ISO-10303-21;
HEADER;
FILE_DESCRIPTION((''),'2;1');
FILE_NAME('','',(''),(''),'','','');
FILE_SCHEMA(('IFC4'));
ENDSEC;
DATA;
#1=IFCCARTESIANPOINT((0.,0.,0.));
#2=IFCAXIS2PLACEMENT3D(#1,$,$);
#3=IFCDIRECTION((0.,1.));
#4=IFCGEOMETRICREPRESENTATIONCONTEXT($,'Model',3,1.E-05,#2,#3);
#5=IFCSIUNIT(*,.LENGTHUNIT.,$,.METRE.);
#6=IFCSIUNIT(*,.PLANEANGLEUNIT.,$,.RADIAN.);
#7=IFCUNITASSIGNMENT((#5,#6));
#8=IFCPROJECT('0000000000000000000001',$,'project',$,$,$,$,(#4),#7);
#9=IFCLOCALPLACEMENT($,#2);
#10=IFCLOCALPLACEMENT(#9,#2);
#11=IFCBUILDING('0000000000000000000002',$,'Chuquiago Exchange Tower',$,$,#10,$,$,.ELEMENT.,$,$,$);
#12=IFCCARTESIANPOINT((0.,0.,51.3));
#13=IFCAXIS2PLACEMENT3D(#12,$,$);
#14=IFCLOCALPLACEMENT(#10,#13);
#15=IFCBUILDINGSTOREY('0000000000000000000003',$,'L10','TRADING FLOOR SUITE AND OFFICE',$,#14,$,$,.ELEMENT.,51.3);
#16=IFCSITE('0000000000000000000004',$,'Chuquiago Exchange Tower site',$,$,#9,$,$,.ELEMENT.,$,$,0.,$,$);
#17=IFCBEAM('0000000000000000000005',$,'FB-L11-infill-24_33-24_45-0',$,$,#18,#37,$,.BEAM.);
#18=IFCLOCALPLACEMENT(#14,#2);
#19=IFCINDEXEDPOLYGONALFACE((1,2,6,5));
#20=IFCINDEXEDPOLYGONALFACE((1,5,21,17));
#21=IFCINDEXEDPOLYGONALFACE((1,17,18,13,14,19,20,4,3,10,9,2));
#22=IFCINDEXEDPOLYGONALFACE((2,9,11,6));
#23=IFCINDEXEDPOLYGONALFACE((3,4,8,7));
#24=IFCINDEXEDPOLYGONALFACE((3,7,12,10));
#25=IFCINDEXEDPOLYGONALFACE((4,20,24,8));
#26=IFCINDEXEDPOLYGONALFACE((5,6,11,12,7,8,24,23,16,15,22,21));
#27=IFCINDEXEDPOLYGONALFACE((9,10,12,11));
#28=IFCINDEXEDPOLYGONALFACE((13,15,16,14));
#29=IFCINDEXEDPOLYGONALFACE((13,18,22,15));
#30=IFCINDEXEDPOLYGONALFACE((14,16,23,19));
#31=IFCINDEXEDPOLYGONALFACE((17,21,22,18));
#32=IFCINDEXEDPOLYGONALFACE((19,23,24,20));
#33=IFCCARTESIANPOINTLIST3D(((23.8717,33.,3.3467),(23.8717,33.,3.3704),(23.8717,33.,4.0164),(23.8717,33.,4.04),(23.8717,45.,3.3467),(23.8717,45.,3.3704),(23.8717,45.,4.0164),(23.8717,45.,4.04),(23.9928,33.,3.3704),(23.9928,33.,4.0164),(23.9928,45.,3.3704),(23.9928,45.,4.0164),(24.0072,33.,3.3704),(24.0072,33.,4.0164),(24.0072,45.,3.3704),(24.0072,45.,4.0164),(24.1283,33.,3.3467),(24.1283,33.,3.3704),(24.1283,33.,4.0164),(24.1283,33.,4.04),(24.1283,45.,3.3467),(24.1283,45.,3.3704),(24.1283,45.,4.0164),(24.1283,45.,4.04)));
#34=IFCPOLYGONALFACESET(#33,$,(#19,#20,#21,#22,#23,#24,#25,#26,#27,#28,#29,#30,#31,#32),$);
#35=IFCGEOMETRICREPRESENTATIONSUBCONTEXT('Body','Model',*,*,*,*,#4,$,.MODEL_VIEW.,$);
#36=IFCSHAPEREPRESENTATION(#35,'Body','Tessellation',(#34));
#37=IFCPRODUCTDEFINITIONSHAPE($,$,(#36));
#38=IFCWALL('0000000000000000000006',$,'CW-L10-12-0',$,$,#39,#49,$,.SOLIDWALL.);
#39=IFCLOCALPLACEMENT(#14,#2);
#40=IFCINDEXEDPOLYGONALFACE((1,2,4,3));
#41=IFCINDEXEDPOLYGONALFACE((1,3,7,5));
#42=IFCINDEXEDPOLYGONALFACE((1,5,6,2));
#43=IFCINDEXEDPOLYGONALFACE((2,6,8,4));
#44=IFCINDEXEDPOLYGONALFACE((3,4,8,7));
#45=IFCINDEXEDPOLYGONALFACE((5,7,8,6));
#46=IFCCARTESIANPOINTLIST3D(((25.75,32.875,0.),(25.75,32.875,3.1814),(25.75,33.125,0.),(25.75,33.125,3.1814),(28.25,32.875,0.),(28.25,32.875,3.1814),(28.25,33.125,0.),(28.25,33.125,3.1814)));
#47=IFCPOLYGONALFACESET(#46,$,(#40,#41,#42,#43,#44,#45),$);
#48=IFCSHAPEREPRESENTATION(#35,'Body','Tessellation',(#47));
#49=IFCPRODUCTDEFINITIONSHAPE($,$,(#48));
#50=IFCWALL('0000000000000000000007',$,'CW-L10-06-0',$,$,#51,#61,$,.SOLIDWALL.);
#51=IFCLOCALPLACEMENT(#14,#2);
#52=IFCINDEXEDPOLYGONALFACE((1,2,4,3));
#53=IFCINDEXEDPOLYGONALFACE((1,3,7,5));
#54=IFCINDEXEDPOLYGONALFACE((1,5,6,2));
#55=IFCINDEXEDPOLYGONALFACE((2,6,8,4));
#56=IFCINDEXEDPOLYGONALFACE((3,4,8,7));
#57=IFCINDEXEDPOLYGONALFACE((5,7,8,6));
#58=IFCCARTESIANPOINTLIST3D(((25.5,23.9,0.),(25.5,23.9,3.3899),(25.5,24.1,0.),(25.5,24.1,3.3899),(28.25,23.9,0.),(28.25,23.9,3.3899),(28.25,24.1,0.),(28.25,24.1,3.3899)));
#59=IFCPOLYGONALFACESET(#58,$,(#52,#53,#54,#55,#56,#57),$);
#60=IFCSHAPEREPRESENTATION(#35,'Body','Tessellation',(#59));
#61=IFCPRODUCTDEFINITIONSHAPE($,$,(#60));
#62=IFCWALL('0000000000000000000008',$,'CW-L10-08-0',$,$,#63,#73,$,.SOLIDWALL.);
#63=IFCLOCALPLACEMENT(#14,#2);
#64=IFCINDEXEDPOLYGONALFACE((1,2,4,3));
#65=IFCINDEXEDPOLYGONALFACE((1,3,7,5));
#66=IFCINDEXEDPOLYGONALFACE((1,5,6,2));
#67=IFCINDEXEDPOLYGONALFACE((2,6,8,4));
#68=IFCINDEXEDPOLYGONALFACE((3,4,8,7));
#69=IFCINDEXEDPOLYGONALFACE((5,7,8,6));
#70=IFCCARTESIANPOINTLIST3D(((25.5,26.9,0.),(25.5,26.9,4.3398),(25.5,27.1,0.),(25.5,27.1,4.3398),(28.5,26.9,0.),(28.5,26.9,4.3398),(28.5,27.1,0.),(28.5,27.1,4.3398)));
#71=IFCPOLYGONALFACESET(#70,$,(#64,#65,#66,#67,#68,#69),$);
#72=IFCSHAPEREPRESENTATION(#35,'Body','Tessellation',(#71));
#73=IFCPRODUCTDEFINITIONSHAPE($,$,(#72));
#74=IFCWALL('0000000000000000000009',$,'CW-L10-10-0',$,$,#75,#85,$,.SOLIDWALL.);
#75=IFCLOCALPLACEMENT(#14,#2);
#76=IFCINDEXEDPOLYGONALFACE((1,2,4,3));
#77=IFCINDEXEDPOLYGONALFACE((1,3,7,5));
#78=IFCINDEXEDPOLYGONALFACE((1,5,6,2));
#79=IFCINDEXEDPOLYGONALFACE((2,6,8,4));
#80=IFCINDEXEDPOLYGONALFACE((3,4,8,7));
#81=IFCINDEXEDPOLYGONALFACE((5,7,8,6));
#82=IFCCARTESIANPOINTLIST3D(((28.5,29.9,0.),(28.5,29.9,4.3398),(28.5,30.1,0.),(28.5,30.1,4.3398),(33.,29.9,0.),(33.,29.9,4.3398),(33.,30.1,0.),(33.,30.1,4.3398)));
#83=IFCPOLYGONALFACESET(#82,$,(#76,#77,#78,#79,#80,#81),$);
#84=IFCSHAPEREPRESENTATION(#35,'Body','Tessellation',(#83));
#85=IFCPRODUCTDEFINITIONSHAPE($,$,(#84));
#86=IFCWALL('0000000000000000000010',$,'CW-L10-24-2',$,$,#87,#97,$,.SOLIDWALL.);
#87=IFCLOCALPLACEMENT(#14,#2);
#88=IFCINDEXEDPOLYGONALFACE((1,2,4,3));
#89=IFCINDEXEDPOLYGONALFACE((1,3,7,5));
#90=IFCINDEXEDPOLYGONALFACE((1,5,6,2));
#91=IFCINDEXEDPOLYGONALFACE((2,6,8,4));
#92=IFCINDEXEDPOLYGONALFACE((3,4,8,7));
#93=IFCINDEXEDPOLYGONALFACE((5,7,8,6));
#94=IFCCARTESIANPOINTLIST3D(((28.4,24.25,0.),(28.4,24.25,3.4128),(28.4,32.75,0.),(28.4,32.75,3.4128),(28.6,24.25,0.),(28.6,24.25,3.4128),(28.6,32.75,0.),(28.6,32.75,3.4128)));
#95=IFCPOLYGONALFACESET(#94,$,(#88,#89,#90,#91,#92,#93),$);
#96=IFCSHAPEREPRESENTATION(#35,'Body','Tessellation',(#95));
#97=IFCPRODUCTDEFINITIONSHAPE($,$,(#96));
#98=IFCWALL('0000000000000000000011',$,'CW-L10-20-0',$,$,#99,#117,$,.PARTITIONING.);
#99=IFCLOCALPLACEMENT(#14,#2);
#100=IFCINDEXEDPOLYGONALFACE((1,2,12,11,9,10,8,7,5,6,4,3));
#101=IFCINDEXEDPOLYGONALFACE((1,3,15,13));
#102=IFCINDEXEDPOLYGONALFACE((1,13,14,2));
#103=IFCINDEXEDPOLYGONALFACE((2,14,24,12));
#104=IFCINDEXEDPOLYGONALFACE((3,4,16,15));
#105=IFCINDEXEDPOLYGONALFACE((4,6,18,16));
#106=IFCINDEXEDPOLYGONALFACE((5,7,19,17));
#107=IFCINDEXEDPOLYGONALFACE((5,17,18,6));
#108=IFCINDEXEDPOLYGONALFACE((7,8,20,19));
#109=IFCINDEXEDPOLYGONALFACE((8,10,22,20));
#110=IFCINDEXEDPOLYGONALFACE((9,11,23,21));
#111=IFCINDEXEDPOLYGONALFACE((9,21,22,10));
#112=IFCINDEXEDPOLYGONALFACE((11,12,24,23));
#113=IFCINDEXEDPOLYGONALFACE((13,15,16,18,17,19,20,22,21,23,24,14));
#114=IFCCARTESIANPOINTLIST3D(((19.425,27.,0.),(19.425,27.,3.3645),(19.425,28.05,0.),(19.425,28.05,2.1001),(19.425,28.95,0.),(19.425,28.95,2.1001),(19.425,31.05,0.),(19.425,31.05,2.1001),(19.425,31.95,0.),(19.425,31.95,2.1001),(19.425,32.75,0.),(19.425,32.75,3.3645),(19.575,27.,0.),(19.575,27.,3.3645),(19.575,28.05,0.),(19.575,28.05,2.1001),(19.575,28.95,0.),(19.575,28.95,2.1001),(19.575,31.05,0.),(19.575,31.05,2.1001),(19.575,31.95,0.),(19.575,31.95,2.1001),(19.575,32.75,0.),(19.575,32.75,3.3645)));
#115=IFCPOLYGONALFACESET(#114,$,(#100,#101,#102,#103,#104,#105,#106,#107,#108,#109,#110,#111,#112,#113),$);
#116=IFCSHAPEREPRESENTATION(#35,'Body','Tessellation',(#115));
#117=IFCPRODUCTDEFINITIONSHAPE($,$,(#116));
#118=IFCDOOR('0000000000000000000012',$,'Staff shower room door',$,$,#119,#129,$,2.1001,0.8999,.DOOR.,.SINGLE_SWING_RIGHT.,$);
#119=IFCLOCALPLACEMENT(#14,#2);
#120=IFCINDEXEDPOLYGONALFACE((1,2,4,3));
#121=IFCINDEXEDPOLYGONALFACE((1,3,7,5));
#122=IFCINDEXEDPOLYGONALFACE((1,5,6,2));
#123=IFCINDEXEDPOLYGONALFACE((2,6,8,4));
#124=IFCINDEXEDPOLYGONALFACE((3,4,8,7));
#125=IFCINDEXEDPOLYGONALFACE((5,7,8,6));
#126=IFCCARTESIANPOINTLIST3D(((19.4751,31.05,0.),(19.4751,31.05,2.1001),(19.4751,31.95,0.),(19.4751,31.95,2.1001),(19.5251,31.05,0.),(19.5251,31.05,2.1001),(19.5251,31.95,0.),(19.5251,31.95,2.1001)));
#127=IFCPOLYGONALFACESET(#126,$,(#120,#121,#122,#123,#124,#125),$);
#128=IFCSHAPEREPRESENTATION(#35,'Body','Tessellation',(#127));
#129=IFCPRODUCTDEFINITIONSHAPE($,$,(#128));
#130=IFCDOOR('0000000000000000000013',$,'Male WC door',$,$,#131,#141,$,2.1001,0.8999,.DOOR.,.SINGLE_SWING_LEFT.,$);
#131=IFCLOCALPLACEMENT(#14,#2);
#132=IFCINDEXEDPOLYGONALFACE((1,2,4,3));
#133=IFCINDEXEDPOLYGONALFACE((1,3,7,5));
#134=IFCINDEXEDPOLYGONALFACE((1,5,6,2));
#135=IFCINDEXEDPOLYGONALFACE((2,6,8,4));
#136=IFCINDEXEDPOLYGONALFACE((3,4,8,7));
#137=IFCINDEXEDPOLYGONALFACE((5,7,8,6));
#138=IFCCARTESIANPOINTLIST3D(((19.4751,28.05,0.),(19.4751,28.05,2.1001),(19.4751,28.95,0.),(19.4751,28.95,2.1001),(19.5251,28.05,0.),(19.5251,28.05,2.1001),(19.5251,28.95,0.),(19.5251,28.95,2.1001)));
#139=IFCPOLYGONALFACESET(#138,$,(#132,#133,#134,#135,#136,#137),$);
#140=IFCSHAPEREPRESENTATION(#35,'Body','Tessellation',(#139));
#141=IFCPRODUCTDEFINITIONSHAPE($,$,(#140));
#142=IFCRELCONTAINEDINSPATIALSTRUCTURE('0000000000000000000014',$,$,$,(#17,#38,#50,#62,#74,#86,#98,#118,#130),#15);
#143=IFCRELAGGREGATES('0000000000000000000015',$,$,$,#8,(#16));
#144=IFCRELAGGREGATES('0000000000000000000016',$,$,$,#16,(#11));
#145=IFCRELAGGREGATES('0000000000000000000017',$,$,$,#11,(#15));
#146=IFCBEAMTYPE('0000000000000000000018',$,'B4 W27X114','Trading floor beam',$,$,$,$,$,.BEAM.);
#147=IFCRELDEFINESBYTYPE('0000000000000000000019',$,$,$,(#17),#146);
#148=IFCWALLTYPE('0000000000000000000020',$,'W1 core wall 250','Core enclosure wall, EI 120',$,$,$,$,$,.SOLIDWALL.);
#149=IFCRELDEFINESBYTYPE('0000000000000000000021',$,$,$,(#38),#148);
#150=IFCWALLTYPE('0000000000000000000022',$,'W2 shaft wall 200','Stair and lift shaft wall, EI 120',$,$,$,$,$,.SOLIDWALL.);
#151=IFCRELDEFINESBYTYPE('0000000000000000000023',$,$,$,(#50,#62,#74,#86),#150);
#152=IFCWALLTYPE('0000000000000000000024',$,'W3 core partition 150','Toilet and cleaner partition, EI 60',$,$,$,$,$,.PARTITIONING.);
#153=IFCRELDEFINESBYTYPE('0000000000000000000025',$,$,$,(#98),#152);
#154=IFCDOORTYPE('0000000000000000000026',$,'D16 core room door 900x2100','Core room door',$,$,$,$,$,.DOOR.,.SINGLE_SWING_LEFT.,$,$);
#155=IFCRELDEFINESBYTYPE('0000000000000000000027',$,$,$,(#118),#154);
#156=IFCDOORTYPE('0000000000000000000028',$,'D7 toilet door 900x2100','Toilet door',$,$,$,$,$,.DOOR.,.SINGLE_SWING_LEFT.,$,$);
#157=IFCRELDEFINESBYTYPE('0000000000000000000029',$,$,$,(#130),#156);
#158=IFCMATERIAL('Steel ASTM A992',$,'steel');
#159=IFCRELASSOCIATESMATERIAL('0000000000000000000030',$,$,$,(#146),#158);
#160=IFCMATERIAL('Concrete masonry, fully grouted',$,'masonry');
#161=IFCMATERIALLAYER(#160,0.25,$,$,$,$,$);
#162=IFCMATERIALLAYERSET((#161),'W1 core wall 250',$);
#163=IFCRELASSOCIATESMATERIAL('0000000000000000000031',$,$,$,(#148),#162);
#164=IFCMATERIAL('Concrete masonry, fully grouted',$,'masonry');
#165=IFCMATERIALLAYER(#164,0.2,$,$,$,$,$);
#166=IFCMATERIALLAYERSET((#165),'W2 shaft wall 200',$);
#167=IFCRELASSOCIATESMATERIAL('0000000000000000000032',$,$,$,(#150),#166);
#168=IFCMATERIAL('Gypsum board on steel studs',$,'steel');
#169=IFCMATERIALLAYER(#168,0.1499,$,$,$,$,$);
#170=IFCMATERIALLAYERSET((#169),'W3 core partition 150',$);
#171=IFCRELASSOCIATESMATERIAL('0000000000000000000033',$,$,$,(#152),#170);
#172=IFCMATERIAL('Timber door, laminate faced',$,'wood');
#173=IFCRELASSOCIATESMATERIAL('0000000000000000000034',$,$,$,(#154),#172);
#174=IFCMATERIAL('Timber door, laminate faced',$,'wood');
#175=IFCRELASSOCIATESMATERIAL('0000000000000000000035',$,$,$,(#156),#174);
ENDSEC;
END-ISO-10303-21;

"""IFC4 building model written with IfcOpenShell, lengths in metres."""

from ifc_helpers import new_model, si_unit, direction, frame, frame_2d, origin, origin_2d, place, context, subcontext, project, spatial, rectangle, i_section, extrude, material, layer, layer_set, material_profile, profile_set, type_object, element, fill, save


model = new_model("IFC4")

# Units and contexts
model_context = context("Model", 3, precision=1e-05, world=origin(), true_north=direction((0.0, 1.0)))
body_context = subcontext(model_context, "Body", "Model", "MODEL_VIEW")
ifc_project = project(units=[si_unit("LENGTHUNIT", "METRE"), si_unit("PLANEANGLEUNIT", "RADIAN")], contexts=[model_context])

# Site, building, storey
site_placement = place(None, origin())
site = spatial("IfcSite", under=ifc_project, at=site_placement, Name="Chuquiago Exchange Tower site", CompositionType="ELEMENT", RefElevation=0.0)
building_placement = place(site_placement, origin())
building = spatial("IfcBuilding", under=site, at=building_placement, Name="Chuquiago Exchange Tower", CompositionType="ELEMENT")
storey_placement = place(building_placement, frame((0.0, 0.0, 51.3)))
storey = spatial("IfcBuildingStorey", under=building, at=storey_placement, Name="L10", Description="TRADING FLOOR SUITE AND OFFICE", CompositionType="ELEMENT", Elevation=51.3)

# Beam
ifc_material_1 = material(Name="Steel ASTM A992", Category="steel")
ifc_material_profile_1 = material_profile(ifc_material_1, i_section(OverallWidth=0.2566, OverallDepth=0.6934, WebThickness=0.0144, FlangeThickness=0.0237, at=origin_2d()), Name="W27X114")
ifc_profile_set_1 = profile_set([ifc_material_profile_1], Name="Steel ASTM A992")
beam_type_1 = type_object("IfcBeamType", Name="B4 W27X114", Description="Trading floor beam", PredefinedType="BEAM", material=ifc_profile_set_1)
for number, where, z_axis, x_axis, name in (
    (1, (24.0, 33.0, 3.6934), (0.0, 1.0, 0.0), (-1.0, 0.0, 0.0), "FB-L11-infill-24_33-24_45-0"),
):
    element("IfcBeam", number, at=place(storey_placement, frame(where, z_axis=z_axis, x_axis=x_axis)), inside=storey, type_object=beam_type_1, Name=name, PredefinedType="BEAM", context=body_context, shape_type="SweptSolid", body=[
        extrude(i_section(OverallWidth=0.2566, OverallDepth=0.6934, WebThickness=0.0144, FlangeThickness=0.0237, at=origin_2d()), origin(), (0.0, 0.0, 1.0), 12.0),
    ])

# Walls
ifc_material_2 = material(Name="Concrete masonry, fully grouted", Category="masonry")
ifc_layer_1 = layer(ifc_material_2, 0.25)
ifc_layer_set_1 = layer_set([ifc_layer_1], Name="W1 core wall 250")
wall_type_1 = type_object("IfcWallType", Name="W1 core wall 250", Description="Core enclosure wall, EI 120", PredefinedType="SOLIDWALL", material=ifc_layer_set_1)
wall_1_placement = place(storey_placement, frame((25.75, 33.0, 0.0), z_axis=(0.0, 0.0, 1.0), x_axis=(1.0, 0.0, 0.0)))
element("IfcWall", 2, at=wall_1_placement, inside=storey, type_object=wall_type_1, Name="CW-L10-12-0", PredefinedType="SOLIDWALL", context=body_context, shape_type="SweptSolid", body=[
    extrude(rectangle(XDim=2.5, YDim=0.25, at=frame_2d((1.25, 0.0))), origin(), (0.0, 0.0, 1.0), 3.1814),
])
ifc_material_3 = material(Name="Concrete masonry, fully grouted", Category="masonry")
ifc_layer_2 = layer(ifc_material_3, 0.2)
ifc_layer_set_2 = layer_set([ifc_layer_2], Name="W2 shaft wall 200")
wall_type_2 = type_object("IfcWallType", Name="W2 shaft wall 200", Description="Stair and lift shaft wall, EI 120", PredefinedType="SOLIDWALL", material=ifc_layer_set_2)
wall_2_placement = place(storey_placement, frame((25.5, 24.0, 0.0), z_axis=(0.0, 0.0, 1.0), x_axis=(1.0, 0.0, 0.0)))
element("IfcWall", 3, at=wall_2_placement, inside=storey, type_object=wall_type_2, Name="CW-L10-06-0", PredefinedType="SOLIDWALL", context=body_context, shape_type="SweptSolid", body=[
    extrude(rectangle(XDim=2.75, YDim=0.2, at=frame_2d((1.375, 0.0))), origin(), (0.0, 0.0, 1.0), 3.3899),
])
wall_3_placement = place(storey_placement, frame((25.5, 27.0, 0.0), z_axis=(0.0, 0.0, 1.0), x_axis=(1.0, 0.0, 0.0)))
element("IfcWall", 4, at=wall_3_placement, inside=storey, type_object=wall_type_2, Name="CW-L10-08-0", PredefinedType="SOLIDWALL", context=body_context, shape_type="SweptSolid", body=[
    extrude(rectangle(XDim=3.0, YDim=0.2, at=frame_2d((1.5, 0.0))), origin(), (0.0, 0.0, 1.0), 4.3398),
])
wall_4_placement = place(storey_placement, frame((28.5, 30.0, 0.0), z_axis=(0.0, 0.0, 1.0), x_axis=(1.0, 0.0, 0.0)))
element("IfcWall", 5, at=wall_4_placement, inside=storey, type_object=wall_type_2, Name="CW-L10-10-0", PredefinedType="SOLIDWALL", context=body_context, shape_type="SweptSolid", body=[
    extrude(rectangle(XDim=4.5, YDim=0.2, at=frame_2d((2.25, 0.0))), origin(), (0.0, 0.0, 1.0), 4.3398),
])
wall_5_placement = place(storey_placement, frame((28.5, 24.25, 0.0), z_axis=(0.0, 0.0, 1.0), x_axis=(0.0, 1.0, 0.0)))
element("IfcWall", 6, at=wall_5_placement, inside=storey, type_object=wall_type_2, Name="CW-L10-24-2", PredefinedType="SOLIDWALL", context=body_context, shape_type="SweptSolid", body=[
    extrude(rectangle(XDim=8.5, YDim=0.2, at=frame_2d((4.25, 0.0))), origin(), (0.0, 0.0, 1.0), 3.4128),
])

# Wall, openings, doors
ifc_material_4 = material(Name="Gypsum board on steel studs", Category="steel")
ifc_layer_3 = layer(ifc_material_4, 0.1499)
ifc_layer_set_3 = layer_set([ifc_layer_3], Name="W3 core partition 150")
wall_type_3 = type_object("IfcWallType", Name="W3 core partition 150", Description="Toilet and cleaner partition, EI 60", PredefinedType="PARTITIONING", material=ifc_layer_set_3)
wall_6_placement = place(storey_placement, frame((19.5, 27.0, 0.0), z_axis=(0.0, 0.0, 1.0), x_axis=(0.0, 1.0, 0.0)))
wall_6 = element("IfcWall", 7, at=wall_6_placement, inside=storey, type_object=wall_type_3, Name="CW-L10-20-0", PredefinedType="PARTITIONING", context=body_context, shape_type="SweptSolid", body=[
    extrude(rectangle(XDim=5.75, YDim=0.1499, at=frame_2d((2.875, 0.0))), origin(), (0.0, 0.0, 1.0), 3.3645),
])
opening_1_placement = place(wall_6_placement, frame((1.05, 0.0, 0.0)))
opening_1 = element("IfcOpeningElement", 8, at=opening_1_placement, cuts=wall_6, PredefinedType="OPENING", context=body_context, shape_type="SweptSolid", body=[
    extrude(rectangle(XDim=0.8999, YDim=2.1001, at=frame_2d((0.45, 1.05))), frame((0.0, 0.085, 0.0), z_axis=(0.0, -1.0, 0.0), x_axis=(1.0, 0.0, 0.0)), (0.0, 0.0, 1.0), 0.1699),
])
opening_2_placement = place(wall_6_placement, frame((4.05, 0.0, 0.0)))
opening_2 = element("IfcOpeningElement", 9, at=opening_2_placement, cuts=wall_6, PredefinedType="OPENING", context=body_context, shape_type="SweptSolid", body=[
    extrude(rectangle(XDim=0.8999, YDim=2.1001, at=frame_2d((0.45, 1.05))), frame((0.0, 0.085, 0.0), z_axis=(0.0, -1.0, 0.0), x_axis=(1.0, 0.0, 0.0)), (0.0, 0.0, 1.0), 0.1699),
])
ifc_material_5 = material(Name="Timber door, laminate faced", Category="wood")
door_type_1 = type_object("IfcDoorType", Name="D16 core room door 900x2100", Description="Core room door", OperationType="SINGLE_SWING_LEFT", PredefinedType="DOOR", material=ifc_material_5)
door_1_placement = place(opening_2_placement, origin())
door_1 = element("IfcDoor", 10, at=door_1_placement, inside=storey, type_object=door_type_1, Name="Staff shower room door", OperationType="SINGLE_SWING_RIGHT", OverallHeight=2.1001, OverallWidth=0.8999, PredefinedType="DOOR", context=body_context, shape_type="SweptSolid", body=[
    extrude(rectangle(XDim=0.8999, YDim=2.1001, at=frame_2d((0.45, 1.05))), frame((0.0, 0.0249, 0.0), z_axis=(0.0, -1.0, 0.0), x_axis=(1.0, 0.0, 0.0)), (0.0, 0.0, 1.0), 0.05),
])
fill(opening_2, door_1)
ifc_material_6 = material(Name="Timber door, laminate faced", Category="wood")
door_type_2 = type_object("IfcDoorType", Name="D7 toilet door 900x2100", Description="Toilet door", OperationType="SINGLE_SWING_LEFT", PredefinedType="DOOR", material=ifc_material_6)
door_2_placement = place(opening_1_placement, origin())
door_2 = element("IfcDoor", 11, at=door_2_placement, inside=storey, type_object=door_type_2, Name="Male WC door", OperationType="SINGLE_SWING_LEFT", OverallHeight=2.1001, OverallWidth=0.8999, PredefinedType="DOOR", context=body_context, shape_type="SweptSolid", body=[
    extrude(rectangle(XDim=0.8999, YDim=2.1001, at=frame_2d((0.45, 1.05))), frame((0.0, 0.0249, 0.0), z_axis=(0.0, -1.0, 0.0), x_axis=(1.0, 0.0, 0.0)), (0.0, 0.0, 1.0), 0.05),
])
fill(opening_1, door_2)

save(model, "model.ifc")
